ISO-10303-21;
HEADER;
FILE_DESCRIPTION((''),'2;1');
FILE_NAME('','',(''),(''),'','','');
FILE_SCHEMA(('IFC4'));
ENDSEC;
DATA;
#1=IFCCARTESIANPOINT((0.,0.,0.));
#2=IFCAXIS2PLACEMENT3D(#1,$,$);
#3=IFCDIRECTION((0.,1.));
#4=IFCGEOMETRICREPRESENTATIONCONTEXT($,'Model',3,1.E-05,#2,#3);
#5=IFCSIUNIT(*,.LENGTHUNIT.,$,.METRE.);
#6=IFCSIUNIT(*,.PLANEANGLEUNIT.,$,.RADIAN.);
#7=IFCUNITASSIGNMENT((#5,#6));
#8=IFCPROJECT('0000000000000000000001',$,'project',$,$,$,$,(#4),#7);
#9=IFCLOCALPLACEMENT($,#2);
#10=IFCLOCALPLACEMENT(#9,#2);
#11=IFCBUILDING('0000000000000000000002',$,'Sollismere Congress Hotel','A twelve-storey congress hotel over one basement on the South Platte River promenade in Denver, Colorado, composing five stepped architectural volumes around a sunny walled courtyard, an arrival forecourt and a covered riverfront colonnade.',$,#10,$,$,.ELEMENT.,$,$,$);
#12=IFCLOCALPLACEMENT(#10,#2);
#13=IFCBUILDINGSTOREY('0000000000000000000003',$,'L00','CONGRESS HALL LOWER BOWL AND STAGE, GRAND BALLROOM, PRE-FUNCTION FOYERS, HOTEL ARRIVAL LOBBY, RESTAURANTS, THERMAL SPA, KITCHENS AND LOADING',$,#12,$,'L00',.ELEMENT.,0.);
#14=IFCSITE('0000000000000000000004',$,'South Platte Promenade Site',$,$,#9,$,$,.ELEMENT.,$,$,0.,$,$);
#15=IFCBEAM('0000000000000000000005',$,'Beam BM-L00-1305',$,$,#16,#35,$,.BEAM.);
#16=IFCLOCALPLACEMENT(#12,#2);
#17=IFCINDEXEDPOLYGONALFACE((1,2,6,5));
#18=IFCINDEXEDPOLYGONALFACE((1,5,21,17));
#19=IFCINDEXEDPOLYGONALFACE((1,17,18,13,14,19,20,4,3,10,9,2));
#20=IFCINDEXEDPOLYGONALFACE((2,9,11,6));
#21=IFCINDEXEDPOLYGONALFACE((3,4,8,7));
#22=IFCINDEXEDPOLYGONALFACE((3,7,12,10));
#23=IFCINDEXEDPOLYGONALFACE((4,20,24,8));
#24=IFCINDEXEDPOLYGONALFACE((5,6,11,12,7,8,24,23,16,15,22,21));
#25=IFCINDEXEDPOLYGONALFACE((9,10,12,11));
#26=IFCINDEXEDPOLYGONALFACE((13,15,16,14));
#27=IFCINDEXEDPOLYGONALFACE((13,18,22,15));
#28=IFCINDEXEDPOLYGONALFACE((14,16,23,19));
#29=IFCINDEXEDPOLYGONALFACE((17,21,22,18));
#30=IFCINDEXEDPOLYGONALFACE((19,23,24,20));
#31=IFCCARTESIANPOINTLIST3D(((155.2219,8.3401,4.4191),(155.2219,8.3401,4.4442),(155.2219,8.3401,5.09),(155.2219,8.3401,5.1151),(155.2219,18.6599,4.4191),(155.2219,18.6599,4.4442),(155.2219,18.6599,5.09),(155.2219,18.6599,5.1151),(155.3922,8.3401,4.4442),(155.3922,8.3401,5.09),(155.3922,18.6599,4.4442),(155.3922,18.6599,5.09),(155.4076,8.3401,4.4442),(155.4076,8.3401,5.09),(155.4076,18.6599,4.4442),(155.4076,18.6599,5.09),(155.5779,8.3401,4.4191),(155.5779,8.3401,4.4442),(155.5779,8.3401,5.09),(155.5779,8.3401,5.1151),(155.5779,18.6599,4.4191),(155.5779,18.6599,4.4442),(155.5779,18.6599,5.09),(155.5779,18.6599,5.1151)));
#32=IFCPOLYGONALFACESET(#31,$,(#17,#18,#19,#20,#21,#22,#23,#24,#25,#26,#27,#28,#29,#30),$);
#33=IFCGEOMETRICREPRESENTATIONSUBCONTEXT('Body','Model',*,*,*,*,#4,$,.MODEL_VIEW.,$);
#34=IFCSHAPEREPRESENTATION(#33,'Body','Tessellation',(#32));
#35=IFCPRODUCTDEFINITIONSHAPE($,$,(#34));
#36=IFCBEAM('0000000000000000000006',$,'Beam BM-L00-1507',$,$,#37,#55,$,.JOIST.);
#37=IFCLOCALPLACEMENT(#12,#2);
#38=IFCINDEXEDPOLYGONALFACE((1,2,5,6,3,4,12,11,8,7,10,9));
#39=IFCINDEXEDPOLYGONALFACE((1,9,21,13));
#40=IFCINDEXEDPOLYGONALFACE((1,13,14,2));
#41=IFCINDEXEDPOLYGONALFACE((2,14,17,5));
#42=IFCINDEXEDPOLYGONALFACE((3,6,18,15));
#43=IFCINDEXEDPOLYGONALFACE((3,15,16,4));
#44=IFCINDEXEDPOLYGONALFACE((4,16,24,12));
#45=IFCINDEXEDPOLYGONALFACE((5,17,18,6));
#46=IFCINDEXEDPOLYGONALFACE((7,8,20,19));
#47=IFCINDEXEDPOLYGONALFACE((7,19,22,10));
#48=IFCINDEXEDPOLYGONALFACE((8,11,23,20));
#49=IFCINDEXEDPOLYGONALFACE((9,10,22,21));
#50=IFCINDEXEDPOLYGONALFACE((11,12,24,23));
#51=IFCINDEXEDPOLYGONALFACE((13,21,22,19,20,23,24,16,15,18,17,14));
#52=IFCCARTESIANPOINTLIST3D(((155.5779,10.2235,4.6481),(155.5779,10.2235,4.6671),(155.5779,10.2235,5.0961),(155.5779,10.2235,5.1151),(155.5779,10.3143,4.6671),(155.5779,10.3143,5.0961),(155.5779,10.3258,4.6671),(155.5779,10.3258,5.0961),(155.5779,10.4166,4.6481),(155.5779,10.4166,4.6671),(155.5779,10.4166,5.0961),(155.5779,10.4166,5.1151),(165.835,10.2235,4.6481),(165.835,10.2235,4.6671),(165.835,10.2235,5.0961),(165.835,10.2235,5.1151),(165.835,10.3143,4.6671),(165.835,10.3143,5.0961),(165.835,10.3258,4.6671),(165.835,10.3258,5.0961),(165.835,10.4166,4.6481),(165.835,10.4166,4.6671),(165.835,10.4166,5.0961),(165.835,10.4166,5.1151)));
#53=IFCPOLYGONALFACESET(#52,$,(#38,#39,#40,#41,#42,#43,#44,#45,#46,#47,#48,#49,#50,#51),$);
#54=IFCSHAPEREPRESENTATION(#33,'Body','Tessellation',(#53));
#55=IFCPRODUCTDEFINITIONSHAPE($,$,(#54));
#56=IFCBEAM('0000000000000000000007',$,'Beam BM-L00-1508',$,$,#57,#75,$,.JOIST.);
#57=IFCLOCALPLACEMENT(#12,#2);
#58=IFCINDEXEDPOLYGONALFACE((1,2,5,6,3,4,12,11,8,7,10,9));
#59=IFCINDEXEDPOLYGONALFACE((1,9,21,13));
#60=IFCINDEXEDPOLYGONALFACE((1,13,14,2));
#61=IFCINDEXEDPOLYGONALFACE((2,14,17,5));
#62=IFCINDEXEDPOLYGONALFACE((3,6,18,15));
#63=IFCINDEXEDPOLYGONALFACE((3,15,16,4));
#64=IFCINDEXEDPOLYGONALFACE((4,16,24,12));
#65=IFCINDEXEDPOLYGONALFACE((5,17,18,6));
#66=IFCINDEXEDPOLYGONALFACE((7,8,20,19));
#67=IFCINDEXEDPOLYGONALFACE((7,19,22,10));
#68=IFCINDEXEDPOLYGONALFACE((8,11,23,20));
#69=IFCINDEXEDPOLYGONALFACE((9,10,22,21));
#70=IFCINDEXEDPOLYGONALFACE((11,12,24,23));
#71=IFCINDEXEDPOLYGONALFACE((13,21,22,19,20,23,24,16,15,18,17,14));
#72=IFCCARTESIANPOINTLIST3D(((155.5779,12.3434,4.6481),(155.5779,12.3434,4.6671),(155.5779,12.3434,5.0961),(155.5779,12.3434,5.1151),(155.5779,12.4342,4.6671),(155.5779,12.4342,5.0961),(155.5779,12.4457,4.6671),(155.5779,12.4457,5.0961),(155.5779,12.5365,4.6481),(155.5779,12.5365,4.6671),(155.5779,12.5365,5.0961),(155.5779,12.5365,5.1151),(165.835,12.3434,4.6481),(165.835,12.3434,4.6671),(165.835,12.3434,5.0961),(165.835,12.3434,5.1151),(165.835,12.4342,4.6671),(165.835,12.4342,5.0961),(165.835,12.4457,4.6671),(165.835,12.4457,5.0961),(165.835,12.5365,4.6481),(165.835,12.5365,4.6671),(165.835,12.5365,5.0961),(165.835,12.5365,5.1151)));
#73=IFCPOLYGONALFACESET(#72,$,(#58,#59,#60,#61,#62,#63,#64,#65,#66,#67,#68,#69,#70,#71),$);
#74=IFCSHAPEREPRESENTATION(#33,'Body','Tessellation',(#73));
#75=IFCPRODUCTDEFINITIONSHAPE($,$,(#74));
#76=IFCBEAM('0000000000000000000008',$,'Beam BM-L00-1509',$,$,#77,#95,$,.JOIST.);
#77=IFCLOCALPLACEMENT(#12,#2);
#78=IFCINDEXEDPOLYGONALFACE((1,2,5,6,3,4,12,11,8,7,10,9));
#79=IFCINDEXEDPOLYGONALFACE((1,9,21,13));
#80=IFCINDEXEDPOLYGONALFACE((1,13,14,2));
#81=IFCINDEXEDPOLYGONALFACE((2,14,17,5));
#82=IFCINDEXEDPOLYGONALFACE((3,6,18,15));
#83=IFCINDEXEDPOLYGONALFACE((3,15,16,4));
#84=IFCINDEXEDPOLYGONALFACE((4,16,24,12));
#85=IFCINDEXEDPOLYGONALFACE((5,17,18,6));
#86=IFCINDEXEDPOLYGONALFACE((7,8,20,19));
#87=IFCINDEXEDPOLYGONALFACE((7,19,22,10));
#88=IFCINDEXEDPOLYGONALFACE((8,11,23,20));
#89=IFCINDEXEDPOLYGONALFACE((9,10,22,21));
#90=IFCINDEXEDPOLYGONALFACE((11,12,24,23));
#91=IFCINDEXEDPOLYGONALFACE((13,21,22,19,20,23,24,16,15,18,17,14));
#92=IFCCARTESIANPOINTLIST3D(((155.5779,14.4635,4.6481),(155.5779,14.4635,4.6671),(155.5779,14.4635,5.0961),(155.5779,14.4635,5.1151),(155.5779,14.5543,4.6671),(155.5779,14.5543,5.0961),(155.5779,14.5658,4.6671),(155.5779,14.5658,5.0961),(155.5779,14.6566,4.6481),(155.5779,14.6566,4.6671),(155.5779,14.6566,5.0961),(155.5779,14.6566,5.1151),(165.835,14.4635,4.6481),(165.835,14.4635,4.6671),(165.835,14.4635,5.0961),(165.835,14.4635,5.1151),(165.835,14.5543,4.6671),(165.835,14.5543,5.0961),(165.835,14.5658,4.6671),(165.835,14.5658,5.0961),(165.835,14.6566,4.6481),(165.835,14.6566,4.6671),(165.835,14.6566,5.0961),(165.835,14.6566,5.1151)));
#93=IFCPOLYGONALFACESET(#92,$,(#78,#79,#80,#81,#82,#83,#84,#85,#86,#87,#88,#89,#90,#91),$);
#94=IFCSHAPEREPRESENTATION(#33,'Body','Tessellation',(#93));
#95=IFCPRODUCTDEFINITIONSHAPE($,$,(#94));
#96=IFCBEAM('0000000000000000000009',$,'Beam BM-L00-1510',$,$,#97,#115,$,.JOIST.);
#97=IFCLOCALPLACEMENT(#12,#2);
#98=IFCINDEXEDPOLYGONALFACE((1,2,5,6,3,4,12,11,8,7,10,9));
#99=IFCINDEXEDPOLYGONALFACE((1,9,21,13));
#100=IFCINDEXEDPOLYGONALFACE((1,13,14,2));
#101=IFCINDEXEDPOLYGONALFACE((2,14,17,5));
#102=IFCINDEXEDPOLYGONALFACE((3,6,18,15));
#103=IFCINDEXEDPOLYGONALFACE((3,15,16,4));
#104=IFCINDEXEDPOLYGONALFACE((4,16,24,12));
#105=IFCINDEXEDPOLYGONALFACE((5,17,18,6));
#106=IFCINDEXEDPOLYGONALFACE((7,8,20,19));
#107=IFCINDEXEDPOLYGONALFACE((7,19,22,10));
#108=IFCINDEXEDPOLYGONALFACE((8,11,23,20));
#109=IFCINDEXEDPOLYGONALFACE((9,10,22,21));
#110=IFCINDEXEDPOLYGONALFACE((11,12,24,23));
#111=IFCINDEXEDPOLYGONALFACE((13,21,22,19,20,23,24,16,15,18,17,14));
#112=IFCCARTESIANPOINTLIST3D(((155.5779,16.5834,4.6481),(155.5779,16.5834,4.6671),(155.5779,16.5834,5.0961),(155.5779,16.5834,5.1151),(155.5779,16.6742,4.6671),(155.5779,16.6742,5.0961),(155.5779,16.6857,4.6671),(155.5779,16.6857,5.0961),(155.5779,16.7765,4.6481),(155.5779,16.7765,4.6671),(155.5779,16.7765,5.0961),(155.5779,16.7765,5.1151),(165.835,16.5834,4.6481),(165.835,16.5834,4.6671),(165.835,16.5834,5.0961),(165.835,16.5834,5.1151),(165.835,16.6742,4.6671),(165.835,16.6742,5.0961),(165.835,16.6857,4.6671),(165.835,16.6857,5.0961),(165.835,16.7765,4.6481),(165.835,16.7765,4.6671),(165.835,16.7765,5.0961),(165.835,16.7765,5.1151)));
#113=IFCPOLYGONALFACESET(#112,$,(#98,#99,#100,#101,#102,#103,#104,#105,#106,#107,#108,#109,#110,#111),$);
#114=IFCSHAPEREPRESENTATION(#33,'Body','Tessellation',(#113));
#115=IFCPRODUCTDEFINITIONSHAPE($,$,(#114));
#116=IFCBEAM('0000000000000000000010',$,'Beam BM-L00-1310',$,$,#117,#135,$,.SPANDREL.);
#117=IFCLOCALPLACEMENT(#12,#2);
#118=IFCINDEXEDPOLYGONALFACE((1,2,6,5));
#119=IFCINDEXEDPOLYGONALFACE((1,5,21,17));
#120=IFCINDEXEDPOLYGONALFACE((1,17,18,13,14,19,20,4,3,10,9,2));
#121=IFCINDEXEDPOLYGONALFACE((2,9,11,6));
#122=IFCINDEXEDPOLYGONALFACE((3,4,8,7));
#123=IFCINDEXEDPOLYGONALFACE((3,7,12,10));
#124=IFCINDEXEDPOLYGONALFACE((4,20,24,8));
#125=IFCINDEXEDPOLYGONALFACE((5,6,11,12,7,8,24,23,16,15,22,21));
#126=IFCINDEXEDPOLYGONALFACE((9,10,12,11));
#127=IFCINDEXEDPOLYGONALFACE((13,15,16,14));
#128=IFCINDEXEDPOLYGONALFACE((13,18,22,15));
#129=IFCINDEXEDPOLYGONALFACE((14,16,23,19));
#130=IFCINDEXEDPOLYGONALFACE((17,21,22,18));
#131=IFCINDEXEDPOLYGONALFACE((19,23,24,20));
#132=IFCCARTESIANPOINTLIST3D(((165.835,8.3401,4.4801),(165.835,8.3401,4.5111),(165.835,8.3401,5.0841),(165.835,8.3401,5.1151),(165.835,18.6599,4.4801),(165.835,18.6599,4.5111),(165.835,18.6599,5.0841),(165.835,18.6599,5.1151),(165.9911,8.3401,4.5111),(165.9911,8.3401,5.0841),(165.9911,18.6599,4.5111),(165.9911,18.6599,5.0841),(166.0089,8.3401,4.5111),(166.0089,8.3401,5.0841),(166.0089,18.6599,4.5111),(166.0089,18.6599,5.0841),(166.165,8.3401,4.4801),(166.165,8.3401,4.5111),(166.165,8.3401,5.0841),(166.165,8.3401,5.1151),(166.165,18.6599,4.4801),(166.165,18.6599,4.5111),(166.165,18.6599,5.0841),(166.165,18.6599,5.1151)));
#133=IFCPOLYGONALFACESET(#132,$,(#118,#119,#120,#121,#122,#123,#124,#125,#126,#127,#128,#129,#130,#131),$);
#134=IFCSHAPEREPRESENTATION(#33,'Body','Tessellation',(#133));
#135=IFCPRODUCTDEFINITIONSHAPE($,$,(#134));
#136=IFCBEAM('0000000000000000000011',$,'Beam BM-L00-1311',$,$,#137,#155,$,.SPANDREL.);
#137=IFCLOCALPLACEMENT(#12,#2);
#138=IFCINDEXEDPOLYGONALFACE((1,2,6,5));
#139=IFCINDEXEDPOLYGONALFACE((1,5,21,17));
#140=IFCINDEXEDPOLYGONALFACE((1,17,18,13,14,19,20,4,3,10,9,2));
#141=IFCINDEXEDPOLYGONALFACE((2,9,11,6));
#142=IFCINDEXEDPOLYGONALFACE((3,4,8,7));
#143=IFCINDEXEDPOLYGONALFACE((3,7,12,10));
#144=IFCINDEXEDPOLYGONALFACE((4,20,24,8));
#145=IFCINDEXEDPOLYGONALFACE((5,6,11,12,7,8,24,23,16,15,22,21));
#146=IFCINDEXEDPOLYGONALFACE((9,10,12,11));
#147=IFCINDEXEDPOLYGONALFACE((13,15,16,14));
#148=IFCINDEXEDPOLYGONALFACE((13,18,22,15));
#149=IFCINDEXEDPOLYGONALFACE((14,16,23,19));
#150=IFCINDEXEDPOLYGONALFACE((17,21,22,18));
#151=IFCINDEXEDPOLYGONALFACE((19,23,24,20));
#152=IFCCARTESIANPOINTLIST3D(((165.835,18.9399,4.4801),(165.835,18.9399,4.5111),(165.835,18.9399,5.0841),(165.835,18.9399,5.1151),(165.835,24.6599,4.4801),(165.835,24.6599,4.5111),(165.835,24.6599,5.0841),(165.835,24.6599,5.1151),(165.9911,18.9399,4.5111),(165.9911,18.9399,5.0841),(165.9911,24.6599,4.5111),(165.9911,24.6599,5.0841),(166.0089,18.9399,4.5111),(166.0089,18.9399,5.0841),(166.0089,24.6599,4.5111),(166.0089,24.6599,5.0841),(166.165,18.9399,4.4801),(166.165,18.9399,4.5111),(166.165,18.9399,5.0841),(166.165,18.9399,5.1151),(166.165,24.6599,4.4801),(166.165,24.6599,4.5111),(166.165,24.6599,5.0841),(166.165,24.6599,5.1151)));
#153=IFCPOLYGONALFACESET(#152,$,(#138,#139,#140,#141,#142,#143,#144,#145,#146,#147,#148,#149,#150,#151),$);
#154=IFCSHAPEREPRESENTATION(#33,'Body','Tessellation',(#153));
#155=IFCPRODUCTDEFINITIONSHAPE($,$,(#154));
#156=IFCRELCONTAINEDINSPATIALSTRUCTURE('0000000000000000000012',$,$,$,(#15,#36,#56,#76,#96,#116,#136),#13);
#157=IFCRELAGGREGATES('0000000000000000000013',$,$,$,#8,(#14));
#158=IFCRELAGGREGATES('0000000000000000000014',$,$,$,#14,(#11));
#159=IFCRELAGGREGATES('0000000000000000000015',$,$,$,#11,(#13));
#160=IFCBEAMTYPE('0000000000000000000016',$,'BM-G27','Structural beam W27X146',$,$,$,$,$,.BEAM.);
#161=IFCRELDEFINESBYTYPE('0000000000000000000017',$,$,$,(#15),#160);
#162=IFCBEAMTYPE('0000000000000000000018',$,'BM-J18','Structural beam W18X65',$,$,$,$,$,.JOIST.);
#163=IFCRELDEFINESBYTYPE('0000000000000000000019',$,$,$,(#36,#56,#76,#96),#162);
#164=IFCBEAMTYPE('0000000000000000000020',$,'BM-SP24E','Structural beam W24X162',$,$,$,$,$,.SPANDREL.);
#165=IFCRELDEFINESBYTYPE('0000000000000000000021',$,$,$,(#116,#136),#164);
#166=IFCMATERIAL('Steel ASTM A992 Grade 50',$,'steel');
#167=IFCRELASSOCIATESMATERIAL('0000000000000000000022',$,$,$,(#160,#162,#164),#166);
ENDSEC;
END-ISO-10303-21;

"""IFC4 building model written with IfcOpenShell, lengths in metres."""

from ifc_helpers import new_model, si_unit, direction, frame, origin, origin_2d, place, context, subcontext, project, spatial, i_section, extrude, material, material_profile, profile_set, type_object, element, save


model = new_model("IFC4")

# Units and contexts
model_context = context("Model", 3, precision=1e-05, world=origin(), true_north=direction((0.0, 1.0)))
body_context = subcontext(model_context, "Body", "Model", "MODEL_VIEW")
ifc_project = project(units=[si_unit("LENGTHUNIT", "METRE"), si_unit("PLANEANGLEUNIT", "RADIAN")], contexts=[model_context])

# Site, building, storey
site_placement = place(None, origin())
site = spatial("IfcSite", under=ifc_project, at=site_placement, Name="South Platte Promenade Site", CompositionType="ELEMENT", RefElevation=0.0)
building_placement = place(site_placement, origin())
building = spatial("IfcBuilding", under=site, at=building_placement, Name="Sollismere Congress Hotel", Description="A twelve-storey congress hotel over one basement on the South Platte River promenade in Denver, Colorado, composing five stepped architectural volumes around a sunny walled courtyard, an arrival forecourt and a covered riverfront colonnade.", CompositionType="ELEMENT")
storey_placement = place(building_placement, origin())
storey = spatial("IfcBuildingStorey", under=building, at=storey_placement, Name="L00", Description="CONGRESS HALL LOWER BOWL AND STAGE, GRAND BALLROOM, PRE-FUNCTION FOYERS, HOTEL ARRIVAL LOBBY, RESTAURANTS, THERMAL SPA, KITCHENS AND LOADING", LongName="L00", CompositionType="ELEMENT", Elevation=0.0)

# Shared definitions
ifc_material_1 = material(Name="Steel ASTM A992 Grade 50", Category="steel")

# Beams
ifc_material_profile_1 = material_profile(ifc_material_1, i_section(OverallWidth=0.356, OverallDepth=0.696, WebThickness=0.0154, FlangeThickness=0.0251, at=origin_2d()), Name="W27X146")
ifc_profile_set_1 = profile_set([ifc_material_profile_1], Name="Steel ASTM A992 Grade 50")
beam_type_1 = type_object("IfcBeamType", Name="BM-G27", Description="Structural beam W27X146", PredefinedType="BEAM", material=ifc_profile_set_1)
beam_1_placement = place(storey_placement, frame((155.3999, 8.3401, 4.7671), z_axis=(0.0, 1.0, 0.0), x_axis=(-1.0, 0.0, 0.0)))
element("IfcBeam", 1, at=beam_1_placement, inside=storey, type_object=beam_type_1, Name="Beam BM-L00-1305", PredefinedType="BEAM", context=body_context, shape_type="SweptSolid", body=[
    extrude(i_section(OverallWidth=0.356, OverallDepth=0.696, WebThickness=0.0154, FlangeThickness=0.0251, at=origin_2d()), origin(), (0.0, 0.0, 1.0), 10.3198),
])
ifc_material_profile_2 = material_profile(ifc_material_1, i_section(OverallWidth=0.1931, OverallDepth=0.467, WebThickness=0.0115, FlangeThickness=0.019, at=origin_2d()), Name="W18X65")
ifc_profile_set_2 = profile_set([ifc_material_profile_2], Name="Steel ASTM A992 Grade 50")
beam_type_2 = type_object("IfcBeamType", Name="BM-J18", Description="Structural beam W18X65", PredefinedType="JOIST", material=ifc_profile_set_2)
for number, where, z_axis, x_axis, name in (
    (2, (155.5779, 10.3201, 4.8816), (1.0, 0.0, 0.0), (0.0, 1.0, 0.0), "Beam BM-L00-1507"),
    (3, (155.5779, 12.4399, 4.8816), (1.0, 0.0, 0.0), (0.0, 1.0, 0.0), "Beam BM-L00-1508"),
    (4, (155.5779, 14.5601, 4.8816), (1.0, 0.0, 0.0), (0.0, 1.0, 0.0), "Beam BM-L00-1509"),
    (5, (155.5779, 16.6799, 4.8816), (1.0, 0.0, 0.0), (0.0, 1.0, 0.0), "Beam BM-L00-1510"),
):
    element("IfcBeam", number, at=place(storey_placement, frame(where, z_axis=z_axis, x_axis=x_axis)), inside=storey, type_object=beam_type_2, Name=name, PredefinedType="JOIST", context=body_context, shape_type="SweptSolid", body=[
        extrude(i_section(OverallWidth=0.1931, OverallDepth=0.467, WebThickness=0.0115, FlangeThickness=0.019, at=origin_2d()), origin(), (0.0, 0.0, 1.0), 10.2571),
    ])
ifc_material_profile_3 = material_profile(ifc_material_1, i_section(OverallWidth=0.3301, OverallDepth=0.635, WebThickness=0.0178, FlangeThickness=0.031, at=origin_2d()), Name="W24X162")
ifc_profile_set_3 = profile_set([ifc_material_profile_3], Name="Steel ASTM A992 Grade 50")
beam_type_3 = type_object("IfcBeamType", Name="BM-SP24E", Description="Structural beam W24X162", PredefinedType="SPANDREL", material=ifc_profile_set_3)
beam_2_placement = place(storey_placement, frame((166.0, 8.3401, 4.7976), z_axis=(0.0, 1.0, 0.0), x_axis=(-1.0, 0.0, 0.0)))
element("IfcBeam", 6, at=beam_2_placement, inside=storey, type_object=beam_type_3, Name="Beam BM-L00-1310", PredefinedType="SPANDREL", context=body_context, shape_type="SweptSolid", body=[
    extrude(i_section(OverallWidth=0.3301, OverallDepth=0.635, WebThickness=0.0178, FlangeThickness=0.031, at=origin_2d()), origin(), (0.0, 0.0, 1.0), 10.3198),
])
beam_3_placement = place(storey_placement, frame((166.0, 18.9399, 4.7976), z_axis=(0.0, 1.0, 0.0), x_axis=(-1.0, 0.0, 0.0)))
element("IfcBeam", 7, at=beam_3_placement, inside=storey, type_object=beam_type_3, Name="Beam BM-L00-1311", PredefinedType="SPANDREL", context=body_context, shape_type="SweptSolid", body=[
    extrude(i_section(OverallWidth=0.3301, OverallDepth=0.635, WebThickness=0.0178, FlangeThickness=0.031, at=origin_2d()), origin(), (0.0, 0.0, 1.0), 5.72),
])

save(model, "model.ifc")
